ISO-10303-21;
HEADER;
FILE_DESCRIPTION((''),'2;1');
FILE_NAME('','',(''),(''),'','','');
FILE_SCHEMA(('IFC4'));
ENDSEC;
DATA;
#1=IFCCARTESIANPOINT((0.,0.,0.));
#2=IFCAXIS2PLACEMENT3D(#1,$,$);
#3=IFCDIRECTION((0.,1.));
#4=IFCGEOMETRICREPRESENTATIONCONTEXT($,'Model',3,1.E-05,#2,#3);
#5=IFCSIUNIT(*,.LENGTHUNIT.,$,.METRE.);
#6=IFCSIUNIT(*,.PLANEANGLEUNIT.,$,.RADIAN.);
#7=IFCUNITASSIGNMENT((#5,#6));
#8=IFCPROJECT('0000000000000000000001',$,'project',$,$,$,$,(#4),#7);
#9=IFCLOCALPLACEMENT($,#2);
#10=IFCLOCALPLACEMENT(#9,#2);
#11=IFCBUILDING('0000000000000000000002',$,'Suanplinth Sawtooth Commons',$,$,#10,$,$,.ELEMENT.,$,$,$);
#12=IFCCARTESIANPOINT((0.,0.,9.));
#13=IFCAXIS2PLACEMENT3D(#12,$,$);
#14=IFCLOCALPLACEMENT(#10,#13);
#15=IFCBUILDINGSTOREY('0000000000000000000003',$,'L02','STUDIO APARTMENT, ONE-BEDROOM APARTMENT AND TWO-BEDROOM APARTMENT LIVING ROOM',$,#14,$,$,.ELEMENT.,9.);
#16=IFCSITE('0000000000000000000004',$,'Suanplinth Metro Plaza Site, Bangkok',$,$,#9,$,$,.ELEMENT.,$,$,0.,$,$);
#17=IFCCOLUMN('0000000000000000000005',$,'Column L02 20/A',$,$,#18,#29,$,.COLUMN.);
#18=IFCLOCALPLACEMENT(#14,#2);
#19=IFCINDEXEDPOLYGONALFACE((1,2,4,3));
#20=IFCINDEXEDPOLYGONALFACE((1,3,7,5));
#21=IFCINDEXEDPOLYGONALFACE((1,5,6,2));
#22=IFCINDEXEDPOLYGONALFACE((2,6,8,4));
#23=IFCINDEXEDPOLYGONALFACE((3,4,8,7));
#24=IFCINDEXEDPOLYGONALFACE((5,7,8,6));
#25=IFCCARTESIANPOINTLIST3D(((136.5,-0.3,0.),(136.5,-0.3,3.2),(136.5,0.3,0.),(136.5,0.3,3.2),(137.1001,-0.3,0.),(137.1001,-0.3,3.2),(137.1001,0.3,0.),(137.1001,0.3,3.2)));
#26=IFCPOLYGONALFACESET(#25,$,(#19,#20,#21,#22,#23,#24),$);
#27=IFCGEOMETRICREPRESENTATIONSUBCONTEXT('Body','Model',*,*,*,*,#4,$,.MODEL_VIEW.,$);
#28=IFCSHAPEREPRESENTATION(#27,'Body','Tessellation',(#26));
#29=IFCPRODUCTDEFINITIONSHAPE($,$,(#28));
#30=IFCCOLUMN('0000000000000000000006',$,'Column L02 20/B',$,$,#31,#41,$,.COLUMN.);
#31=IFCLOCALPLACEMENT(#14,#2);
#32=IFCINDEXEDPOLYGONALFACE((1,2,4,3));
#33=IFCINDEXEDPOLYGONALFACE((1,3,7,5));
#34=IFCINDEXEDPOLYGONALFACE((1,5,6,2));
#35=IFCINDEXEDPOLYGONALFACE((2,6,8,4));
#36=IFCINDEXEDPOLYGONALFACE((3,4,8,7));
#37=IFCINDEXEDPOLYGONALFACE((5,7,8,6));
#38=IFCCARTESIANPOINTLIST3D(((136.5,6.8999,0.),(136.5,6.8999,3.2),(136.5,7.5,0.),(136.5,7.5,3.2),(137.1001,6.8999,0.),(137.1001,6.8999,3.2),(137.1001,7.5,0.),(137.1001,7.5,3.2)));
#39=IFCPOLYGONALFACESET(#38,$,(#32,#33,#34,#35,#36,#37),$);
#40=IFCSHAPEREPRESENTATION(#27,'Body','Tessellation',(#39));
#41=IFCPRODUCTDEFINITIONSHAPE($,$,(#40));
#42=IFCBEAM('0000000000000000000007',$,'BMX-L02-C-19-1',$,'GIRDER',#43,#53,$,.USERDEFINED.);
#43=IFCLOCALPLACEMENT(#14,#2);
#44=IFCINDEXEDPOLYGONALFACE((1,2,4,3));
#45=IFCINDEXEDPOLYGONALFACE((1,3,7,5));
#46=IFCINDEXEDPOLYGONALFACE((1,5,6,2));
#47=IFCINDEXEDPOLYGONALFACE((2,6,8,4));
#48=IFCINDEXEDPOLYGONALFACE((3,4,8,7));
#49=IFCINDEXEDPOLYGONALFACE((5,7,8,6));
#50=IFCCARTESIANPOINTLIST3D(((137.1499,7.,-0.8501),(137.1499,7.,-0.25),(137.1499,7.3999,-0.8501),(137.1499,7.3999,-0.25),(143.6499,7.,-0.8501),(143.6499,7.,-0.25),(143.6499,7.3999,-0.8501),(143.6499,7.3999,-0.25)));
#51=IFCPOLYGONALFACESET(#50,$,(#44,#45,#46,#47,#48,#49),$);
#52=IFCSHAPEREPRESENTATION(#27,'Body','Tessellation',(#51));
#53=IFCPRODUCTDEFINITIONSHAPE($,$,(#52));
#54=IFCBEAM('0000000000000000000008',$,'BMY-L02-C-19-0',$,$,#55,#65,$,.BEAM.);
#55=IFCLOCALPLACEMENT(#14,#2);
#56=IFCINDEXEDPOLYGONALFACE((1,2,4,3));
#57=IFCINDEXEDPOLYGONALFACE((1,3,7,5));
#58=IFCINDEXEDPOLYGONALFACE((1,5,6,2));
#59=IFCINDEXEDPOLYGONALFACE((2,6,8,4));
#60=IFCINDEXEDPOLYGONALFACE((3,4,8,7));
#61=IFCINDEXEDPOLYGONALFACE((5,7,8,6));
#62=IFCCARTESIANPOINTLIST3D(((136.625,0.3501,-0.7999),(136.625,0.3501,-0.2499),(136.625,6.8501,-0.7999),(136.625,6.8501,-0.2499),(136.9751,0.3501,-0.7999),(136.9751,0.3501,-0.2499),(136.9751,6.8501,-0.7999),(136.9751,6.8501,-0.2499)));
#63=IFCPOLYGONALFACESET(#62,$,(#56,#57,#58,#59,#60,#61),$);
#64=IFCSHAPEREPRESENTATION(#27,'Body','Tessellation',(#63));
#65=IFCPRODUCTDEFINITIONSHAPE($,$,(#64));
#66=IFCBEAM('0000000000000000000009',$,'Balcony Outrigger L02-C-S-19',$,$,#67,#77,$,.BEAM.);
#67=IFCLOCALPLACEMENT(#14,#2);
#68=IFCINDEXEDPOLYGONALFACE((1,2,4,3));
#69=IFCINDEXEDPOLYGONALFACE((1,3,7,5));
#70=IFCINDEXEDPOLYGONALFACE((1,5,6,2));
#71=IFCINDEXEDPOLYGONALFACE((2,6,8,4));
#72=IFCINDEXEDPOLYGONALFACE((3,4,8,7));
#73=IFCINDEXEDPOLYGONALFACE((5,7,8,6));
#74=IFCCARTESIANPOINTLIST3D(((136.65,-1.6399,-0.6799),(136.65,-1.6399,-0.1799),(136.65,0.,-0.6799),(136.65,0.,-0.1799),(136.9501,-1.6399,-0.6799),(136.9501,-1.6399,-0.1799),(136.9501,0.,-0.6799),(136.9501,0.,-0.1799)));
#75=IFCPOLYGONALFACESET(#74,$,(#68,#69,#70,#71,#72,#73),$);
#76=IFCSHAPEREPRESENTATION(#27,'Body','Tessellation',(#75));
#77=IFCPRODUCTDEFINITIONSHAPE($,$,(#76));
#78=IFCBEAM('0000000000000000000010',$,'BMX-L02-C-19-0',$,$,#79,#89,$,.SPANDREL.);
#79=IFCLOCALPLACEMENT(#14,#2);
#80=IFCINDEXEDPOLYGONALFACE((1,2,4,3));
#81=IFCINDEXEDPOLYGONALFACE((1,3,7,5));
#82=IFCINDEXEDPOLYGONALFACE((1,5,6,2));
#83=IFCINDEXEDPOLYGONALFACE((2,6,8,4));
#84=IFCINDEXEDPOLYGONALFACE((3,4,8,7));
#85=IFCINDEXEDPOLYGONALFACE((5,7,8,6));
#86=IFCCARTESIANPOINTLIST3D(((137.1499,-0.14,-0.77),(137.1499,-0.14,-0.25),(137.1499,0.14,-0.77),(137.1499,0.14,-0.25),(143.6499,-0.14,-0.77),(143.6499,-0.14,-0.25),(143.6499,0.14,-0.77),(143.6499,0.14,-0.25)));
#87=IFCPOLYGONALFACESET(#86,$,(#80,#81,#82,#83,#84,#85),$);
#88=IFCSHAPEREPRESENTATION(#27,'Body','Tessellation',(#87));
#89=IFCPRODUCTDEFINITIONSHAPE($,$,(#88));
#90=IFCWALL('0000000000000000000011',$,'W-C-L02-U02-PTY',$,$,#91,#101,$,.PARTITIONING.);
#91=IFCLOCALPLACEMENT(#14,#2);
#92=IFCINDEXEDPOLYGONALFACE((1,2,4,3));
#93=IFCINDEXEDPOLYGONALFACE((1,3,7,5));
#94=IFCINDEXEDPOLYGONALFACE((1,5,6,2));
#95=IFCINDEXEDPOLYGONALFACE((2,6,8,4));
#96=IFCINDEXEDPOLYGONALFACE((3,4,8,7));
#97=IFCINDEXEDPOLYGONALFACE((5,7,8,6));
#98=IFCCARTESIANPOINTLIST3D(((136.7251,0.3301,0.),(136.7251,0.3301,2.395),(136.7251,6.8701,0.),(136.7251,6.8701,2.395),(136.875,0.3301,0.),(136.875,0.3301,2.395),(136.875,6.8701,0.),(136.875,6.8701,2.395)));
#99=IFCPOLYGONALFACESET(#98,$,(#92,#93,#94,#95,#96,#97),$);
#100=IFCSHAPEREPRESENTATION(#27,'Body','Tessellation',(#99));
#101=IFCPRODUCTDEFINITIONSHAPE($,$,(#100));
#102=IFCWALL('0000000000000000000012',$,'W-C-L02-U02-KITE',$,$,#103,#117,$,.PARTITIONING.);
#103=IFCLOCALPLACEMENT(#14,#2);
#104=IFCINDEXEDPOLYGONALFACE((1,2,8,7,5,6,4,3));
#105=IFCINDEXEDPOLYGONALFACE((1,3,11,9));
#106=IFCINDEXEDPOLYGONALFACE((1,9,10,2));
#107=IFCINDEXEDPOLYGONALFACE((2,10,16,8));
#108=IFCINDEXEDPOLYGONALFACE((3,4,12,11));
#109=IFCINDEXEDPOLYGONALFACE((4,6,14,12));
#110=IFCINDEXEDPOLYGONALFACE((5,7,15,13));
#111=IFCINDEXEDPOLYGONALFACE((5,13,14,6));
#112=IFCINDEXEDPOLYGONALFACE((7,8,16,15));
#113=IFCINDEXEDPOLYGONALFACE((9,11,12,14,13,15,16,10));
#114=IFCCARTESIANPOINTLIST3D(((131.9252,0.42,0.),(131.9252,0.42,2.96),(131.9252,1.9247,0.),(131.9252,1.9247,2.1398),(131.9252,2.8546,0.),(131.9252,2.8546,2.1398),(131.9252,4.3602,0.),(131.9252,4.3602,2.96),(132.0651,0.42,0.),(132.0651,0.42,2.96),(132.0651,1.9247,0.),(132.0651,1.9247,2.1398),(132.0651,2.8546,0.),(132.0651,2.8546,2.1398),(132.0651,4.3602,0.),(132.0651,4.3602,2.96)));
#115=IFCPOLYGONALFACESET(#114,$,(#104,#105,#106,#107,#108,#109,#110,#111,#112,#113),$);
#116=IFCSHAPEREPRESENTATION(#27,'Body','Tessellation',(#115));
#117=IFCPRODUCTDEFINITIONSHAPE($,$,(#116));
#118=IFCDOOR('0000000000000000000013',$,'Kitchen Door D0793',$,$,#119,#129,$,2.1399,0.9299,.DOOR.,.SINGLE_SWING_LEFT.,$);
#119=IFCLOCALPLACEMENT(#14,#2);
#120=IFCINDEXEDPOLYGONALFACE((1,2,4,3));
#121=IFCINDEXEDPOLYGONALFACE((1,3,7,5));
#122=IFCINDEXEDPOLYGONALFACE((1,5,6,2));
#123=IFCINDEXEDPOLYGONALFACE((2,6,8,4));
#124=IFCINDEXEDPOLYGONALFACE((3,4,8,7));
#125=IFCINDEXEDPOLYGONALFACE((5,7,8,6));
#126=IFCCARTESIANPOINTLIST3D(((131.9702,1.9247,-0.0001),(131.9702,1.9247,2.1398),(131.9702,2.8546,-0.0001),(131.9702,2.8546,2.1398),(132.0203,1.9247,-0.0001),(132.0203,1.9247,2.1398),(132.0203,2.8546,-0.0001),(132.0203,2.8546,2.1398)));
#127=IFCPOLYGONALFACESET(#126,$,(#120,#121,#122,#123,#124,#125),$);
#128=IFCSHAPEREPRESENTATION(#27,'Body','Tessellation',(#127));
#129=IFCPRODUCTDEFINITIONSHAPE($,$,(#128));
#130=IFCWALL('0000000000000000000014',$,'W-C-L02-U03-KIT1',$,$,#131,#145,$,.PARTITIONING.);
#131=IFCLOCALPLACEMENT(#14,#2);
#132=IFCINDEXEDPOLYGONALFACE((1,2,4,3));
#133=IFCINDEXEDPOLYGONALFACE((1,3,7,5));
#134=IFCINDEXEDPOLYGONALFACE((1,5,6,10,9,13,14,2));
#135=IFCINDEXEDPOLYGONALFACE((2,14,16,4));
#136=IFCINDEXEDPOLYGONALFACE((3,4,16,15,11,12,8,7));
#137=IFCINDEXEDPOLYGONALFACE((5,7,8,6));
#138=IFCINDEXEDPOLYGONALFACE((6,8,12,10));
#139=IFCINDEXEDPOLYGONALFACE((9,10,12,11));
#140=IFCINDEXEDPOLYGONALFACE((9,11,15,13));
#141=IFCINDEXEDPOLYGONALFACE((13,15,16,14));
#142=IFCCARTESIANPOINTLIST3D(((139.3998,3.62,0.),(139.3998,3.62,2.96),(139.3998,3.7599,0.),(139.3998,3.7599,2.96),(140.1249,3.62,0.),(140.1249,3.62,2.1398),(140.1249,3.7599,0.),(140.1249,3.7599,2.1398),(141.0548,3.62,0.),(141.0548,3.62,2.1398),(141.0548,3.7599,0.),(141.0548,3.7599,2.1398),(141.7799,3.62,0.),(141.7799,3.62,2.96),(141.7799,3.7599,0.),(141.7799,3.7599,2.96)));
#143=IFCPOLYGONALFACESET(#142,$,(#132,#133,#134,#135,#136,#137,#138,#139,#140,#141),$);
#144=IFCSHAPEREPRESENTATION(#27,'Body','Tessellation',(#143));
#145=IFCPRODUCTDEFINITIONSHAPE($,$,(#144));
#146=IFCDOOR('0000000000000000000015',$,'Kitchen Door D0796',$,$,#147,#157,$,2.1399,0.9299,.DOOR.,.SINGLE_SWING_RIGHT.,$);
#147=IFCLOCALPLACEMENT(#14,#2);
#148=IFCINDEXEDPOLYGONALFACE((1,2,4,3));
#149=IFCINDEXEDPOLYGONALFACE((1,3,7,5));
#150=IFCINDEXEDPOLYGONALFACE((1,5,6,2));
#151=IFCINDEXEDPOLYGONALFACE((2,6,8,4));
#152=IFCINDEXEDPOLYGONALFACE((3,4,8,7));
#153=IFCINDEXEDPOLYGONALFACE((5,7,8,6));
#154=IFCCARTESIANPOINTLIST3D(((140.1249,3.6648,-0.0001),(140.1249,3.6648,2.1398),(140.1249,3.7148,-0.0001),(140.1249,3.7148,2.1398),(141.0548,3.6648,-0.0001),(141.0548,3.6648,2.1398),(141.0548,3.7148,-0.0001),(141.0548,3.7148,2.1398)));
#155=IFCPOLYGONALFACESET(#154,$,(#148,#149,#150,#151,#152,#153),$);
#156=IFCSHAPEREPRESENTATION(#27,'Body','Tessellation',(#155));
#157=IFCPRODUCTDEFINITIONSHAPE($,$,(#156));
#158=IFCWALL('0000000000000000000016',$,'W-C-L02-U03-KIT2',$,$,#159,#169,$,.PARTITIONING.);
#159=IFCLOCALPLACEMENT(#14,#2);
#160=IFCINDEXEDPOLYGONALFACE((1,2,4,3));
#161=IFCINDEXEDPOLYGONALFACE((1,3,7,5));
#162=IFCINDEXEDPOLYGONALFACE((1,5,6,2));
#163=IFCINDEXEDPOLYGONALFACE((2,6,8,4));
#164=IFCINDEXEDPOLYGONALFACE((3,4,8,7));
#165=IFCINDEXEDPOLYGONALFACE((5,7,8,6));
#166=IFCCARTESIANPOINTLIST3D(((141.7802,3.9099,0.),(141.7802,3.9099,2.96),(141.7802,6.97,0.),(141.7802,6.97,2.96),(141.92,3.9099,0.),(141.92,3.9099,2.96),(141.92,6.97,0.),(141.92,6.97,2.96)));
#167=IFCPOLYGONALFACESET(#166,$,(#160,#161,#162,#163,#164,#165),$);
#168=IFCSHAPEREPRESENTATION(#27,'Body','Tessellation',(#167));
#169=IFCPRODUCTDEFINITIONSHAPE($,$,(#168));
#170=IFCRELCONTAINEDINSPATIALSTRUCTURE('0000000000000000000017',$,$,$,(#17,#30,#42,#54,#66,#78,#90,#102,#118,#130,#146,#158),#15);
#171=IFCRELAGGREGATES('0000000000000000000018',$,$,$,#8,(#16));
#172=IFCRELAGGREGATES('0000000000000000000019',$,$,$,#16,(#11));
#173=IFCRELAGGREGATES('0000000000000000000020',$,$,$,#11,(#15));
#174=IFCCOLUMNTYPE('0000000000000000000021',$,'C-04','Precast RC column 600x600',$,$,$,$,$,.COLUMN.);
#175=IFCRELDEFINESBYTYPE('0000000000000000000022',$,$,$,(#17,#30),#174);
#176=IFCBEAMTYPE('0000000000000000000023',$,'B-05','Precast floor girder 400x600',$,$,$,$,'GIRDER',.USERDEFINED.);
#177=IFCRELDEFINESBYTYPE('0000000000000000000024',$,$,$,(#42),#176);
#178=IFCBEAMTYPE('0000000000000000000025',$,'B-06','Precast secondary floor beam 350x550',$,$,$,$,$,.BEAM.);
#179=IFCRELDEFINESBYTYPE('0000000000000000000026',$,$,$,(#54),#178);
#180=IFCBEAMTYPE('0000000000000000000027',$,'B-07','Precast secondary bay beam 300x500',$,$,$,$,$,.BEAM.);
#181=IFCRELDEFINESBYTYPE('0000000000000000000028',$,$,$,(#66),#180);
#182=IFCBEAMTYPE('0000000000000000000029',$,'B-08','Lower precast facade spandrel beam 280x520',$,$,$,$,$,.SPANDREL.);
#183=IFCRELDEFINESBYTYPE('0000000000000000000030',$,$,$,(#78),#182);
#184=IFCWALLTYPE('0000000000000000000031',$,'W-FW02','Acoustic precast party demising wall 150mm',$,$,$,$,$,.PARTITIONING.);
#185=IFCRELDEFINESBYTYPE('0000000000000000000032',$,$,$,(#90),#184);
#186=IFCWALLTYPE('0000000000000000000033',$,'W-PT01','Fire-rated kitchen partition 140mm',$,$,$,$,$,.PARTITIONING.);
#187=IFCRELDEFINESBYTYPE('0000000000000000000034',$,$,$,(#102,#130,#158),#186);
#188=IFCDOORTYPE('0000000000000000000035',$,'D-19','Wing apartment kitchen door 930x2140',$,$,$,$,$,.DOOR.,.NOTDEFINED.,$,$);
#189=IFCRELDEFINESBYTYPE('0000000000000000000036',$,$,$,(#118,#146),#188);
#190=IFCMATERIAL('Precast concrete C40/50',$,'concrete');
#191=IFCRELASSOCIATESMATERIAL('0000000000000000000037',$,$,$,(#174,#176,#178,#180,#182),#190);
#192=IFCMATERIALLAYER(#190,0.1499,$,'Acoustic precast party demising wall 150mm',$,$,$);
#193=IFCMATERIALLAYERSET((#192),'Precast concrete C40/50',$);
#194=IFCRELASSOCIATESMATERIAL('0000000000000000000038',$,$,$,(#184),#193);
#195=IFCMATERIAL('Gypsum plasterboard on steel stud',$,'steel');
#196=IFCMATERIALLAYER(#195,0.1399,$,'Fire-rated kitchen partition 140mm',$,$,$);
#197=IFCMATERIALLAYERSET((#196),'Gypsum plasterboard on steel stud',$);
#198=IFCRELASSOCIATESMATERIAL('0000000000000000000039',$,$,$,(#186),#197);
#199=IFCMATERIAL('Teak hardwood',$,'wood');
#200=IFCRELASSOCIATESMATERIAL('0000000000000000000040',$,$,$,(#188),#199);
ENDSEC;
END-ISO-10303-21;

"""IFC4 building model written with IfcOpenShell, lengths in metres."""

from ifc_helpers import new_model, si_unit, direction, frame, frame_2d, origin, origin_2d, place, context, subcontext, project, spatial, rectangle, extrude, material, layer, layer_set, material_profile, profile_set, type_object, element, fill, save


model = new_model("IFC4")

# Units and contexts
model_context = context("Model", 3, precision=1e-05, world=origin(), true_north=direction((0.0, 1.0)))
body_context = subcontext(model_context, "Body", "Model", "MODEL_VIEW")
ifc_project = project(units=[si_unit("LENGTHUNIT", "METRE"), si_unit("PLANEANGLEUNIT", "RADIAN")], contexts=[model_context])

# Site, building, storey
site_placement = place(None, origin())
site = spatial("IfcSite", under=ifc_project, at=site_placement, Name="Suanplinth Metro Plaza Site, Bangkok", CompositionType="ELEMENT", RefElevation=0.0)
building_placement = place(site_placement, origin())
building = spatial("IfcBuilding", under=site, at=building_placement, Name="Suanplinth Sawtooth Commons", CompositionType="ELEMENT")
storey_placement = place(building_placement, frame((0.0, 0.0, 9.0)))
storey = spatial("IfcBuildingStorey", under=building, at=storey_placement, Name="L02", Description="STUDIO APARTMENT, ONE-BEDROOM APARTMENT AND TWO-BEDROOM APARTMENT LIVING ROOM", CompositionType="ELEMENT", Elevation=9.0)

# Columns
ifc_material_1 = material(Name="Precast concrete C40/50", Category="concrete")
ifc_material_profile_1 = material_profile(ifc_material_1, rectangle(XDim=0.6001, YDim=0.6001, at=origin_2d()), Name="PC-COL 600x600")
ifc_profile_set_1 = profile_set([ifc_material_profile_1], Name="Precast concrete C40/50")
column_type = type_object("IfcColumnType", Name="C-04", Description="Precast RC column 600x600", PredefinedType="COLUMN", material=ifc_profile_set_1)
for number, where, z_axis, x_axis, name in (
    (1, (136.8, 0.0, 0.0), (0.0, 0.0, 1.0), (1.0, 0.0, 0.0), "Column L02 20/A"),
    (2, (136.8, 7.2, 0.0), (0.0, 0.0, 1.0), (1.0, 0.0, 0.0), "Column L02 20/B"),
):
    element("IfcColumn", number, at=place(storey_placement, frame(where, z_axis=z_axis, x_axis=x_axis)), inside=storey, type_object=column_type, Name=name, PredefinedType="COLUMN", context=body_context, shape_type="SweptSolid", body=[
        extrude(rectangle(XDim=0.6001, YDim=0.6001, at=origin_2d()), origin(), (0.0, 0.0, 1.0), 3.2),
    ])

# Beams
ifc_material_profile_2 = material_profile(ifc_material_1, rectangle(XDim=0.3999, YDim=0.6001, at=origin_2d()), Name="PC-GDR 400x600")
ifc_profile_set_2 = profile_set([ifc_material_profile_2], Name="Precast concrete C40/50")
beam_type_1 = type_object("IfcBeamType", Name="B-05", Description="Precast floor girder 400x600", ElementType="GIRDER", PredefinedType="USERDEFINED", material=ifc_profile_set_2)
beam_1_placement = place(storey_placement, frame((137.1499, 7.2, -0.55), z_axis=(1.0, 0.0, 0.0), x_axis=(0.0, 1.0, 0.0)))
element("IfcBeam", 3, at=beam_1_placement, inside=storey, type_object=beam_type_1, Name="BMX-L02-C-19-1", ObjectType="GIRDER", PredefinedType="USERDEFINED", context=body_context, shape_type="SweptSolid", body=[
    extrude(rectangle(XDim=0.3999, YDim=0.6001, at=origin_2d()), origin(), (0.0, 0.0, 1.0), 6.5),
])
ifc_material_profile_3 = material_profile(ifc_material_1, rectangle(XDim=0.3501, YDim=0.55, at=origin_2d()), Name="PC-BM 350x550")
ifc_profile_set_3 = profile_set([ifc_material_profile_3], Name="Precast concrete C40/50")
beam_type_2 = type_object("IfcBeamType", Name="B-06", Description="Precast secondary floor beam 350x550", PredefinedType="BEAM", material=ifc_profile_set_3)
beam_2_placement = place(storey_placement, frame((136.8, 0.3501, -0.5249), z_axis=(0.0, 1.0, 0.0), x_axis=(-1.0, 0.0, 0.0)))
element("IfcBeam", 4, at=beam_2_placement, inside=storey, type_object=beam_type_2, Name="BMY-L02-C-19-0", PredefinedType="BEAM", context=body_context, shape_type="SweptSolid", body=[
    extrude(rectangle(XDim=0.3501, YDim=0.55, at=origin_2d()), origin(), (0.0, 0.0, 1.0), 6.5),
])
ifc_material_profile_4 = material_profile(ifc_material_1, rectangle(XDim=0.3, YDim=0.5, at=origin_2d()), Name="PC-BM 300x500")
ifc_profile_set_4 = profile_set([ifc_material_profile_4], Name="Precast concrete C40/50")
beam_type_3 = type_object("IfcBeamType", Name="B-07", Description="Precast secondary bay beam 300x500", PredefinedType="BEAM", material=ifc_profile_set_4)
beam_3_placement = place(storey_placement, frame((136.8, 0.0, -0.4299), z_axis=(0.0, -1.0, 0.0), x_axis=(1.0, 0.0, 0.0)))
element("IfcBeam", 5, at=beam_3_placement, inside=storey, type_object=beam_type_3, Name="Balcony Outrigger L02-C-S-19", PredefinedType="BEAM", context=body_context, shape_type="SweptSolid", body=[
    extrude(rectangle(XDim=0.3, YDim=0.5, at=origin_2d()), origin(), (0.0, 0.0, 1.0), 1.6399),
])
ifc_material_profile_5 = material_profile(ifc_material_1, rectangle(XDim=0.28, YDim=0.52, at=origin_2d()), Name="PC-SP 280x520")
ifc_profile_set_5 = profile_set([ifc_material_profile_5], Name="Precast concrete C40/50")
beam_type_4 = type_object("IfcBeamType", Name="B-08", Description="Lower precast facade spandrel beam 280x520", PredefinedType="SPANDREL", material=ifc_profile_set_5)
beam_4_placement = place(storey_placement, frame((137.1499, 0.0, -0.51), z_axis=(1.0, 0.0, 0.0), x_axis=(0.0, 1.0, 0.0)))
element("IfcBeam", 6, at=beam_4_placement, inside=storey, type_object=beam_type_4, Name="BMX-L02-C-19-0", PredefinedType="SPANDREL", context=body_context, shape_type="SweptSolid", body=[
    extrude(rectangle(XDim=0.28, YDim=0.52, at=origin_2d()), origin(), (0.0, 0.0, 1.0), 6.5),
])

# Wall
ifc_layer_1 = layer(ifc_material_1, 0.1499, Name="Acoustic precast party demising wall 150mm")
ifc_layer_set_1 = layer_set([ifc_layer_1], Name="Precast concrete C40/50")
wall_type_1 = type_object("IfcWallType", Name="W-FW02", Description="Acoustic precast party demising wall 150mm", PredefinedType="PARTITIONING", material=ifc_layer_set_1)
wall_1_placement = place(storey_placement, frame((136.8, 0.3301, 0.0), z_axis=(0.0, 0.0, 1.0), x_axis=(0.0, 1.0, 0.0)))
element("IfcWall", 7, at=wall_1_placement, inside=storey, type_object=wall_type_1, Name="W-C-L02-U02-PTY", PredefinedType="PARTITIONING", context=body_context, shape_type="SweptSolid", body=[
    extrude(rectangle(XDim=6.54, YDim=0.1499, at=frame_2d((3.27, 0.0))), origin(), (0.0, 0.0, 1.0), 2.395),
])

# Walls, openings, doors
ifc_material_2 = material(Name="Gypsum plasterboard on steel stud", Category="steel")
ifc_layer_2 = layer(ifc_material_2, 0.1399, Name="Fire-rated kitchen partition 140mm")
ifc_layer_set_2 = layer_set([ifc_layer_2], Name="Gypsum plasterboard on steel stud")
wall_type_2 = type_object("IfcWallType", Name="W-PT01", Description="Fire-rated kitchen partition 140mm", PredefinedType="PARTITIONING", material=ifc_layer_set_2)
wall_2_placement = place(storey_placement, frame((131.9951, 0.4199, 0.0), z_axis=(0.0, 0.0, 1.0), x_axis=(0.0, 1.0, 0.0)))
wall_2 = element("IfcWall", 8, at=wall_2_placement, inside=storey, type_object=wall_type_2, Name="W-C-L02-U02-KITE", PredefinedType="PARTITIONING", context=body_context, shape_type="SweptSolid", body=[
    extrude(rectangle(XDim=3.9402, YDim=0.1399, at=frame_2d((1.9702, 0.0))), origin(), (0.0, 0.0, 1.0), 2.96),
])
opening_1_placement = place(wall_2_placement, frame((1.5049, 0.0, 0.0)))
opening_1 = element("IfcOpeningElement", 9, at=opening_1_placement, cuts=wall_2, PredefinedType="OPENING", context=body_context, shape_type="SweptSolid", body=[
    extrude(rectangle(XDim=0.9299, YDim=2.1399, at=frame_2d((0.4648, 1.0698))), frame((0.0, 0.085, 0.0), z_axis=(0.0, -1.0, 0.0), x_axis=(1.0, 0.0, 0.0)), (0.0, 0.0, 1.0), 0.1697),
])
ifc_material_3 = material(Name="Teak hardwood", Category="wood")
door_type_1 = type_object("IfcDoorType", Name="D-19", Description="Wing apartment kitchen door 930x2140", OperationType="NOTDEFINED", PredefinedType="DOOR", material=ifc_material_3)
door_1_placement = place(opening_1_placement, origin())
door_1 = element("IfcDoor", 10, at=door_1_placement, inside=storey, type_object=door_type_1, Name="Kitchen Door D0793", OperationType="SINGLE_SWING_LEFT", OverallHeight=2.1399, OverallWidth=0.9299, PredefinedType="DOOR", context=body_context, shape_type="SweptSolid", body=[
    extrude(rectangle(XDim=0.9299, YDim=2.1399, at=frame_2d((0.4648, 1.0698))), frame((0.0, 0.0249, 0.0), z_axis=(0.0, -1.0, 0.0), x_axis=(1.0, 0.0, 0.0)), (0.0, 0.0, 1.0), 0.05),
])
fill(opening_1, door_1)
wall_3_placement = place(storey_placement, frame((139.3999, 3.6899, 0.0), z_axis=(0.0, 0.0, 1.0), x_axis=(1.0, 0.0, 0.0)))
wall_3 = element("IfcWall", 11, at=wall_3_placement, inside=storey, type_object=wall_type_2, Name="W-C-L02-U03-KIT1", PredefinedType="PARTITIONING", context=body_context, shape_type="SweptSolid", body=[
    extrude(rectangle(XDim=2.3801, YDim=0.1399, at=frame_2d((1.1899, 0.0))), origin(), (0.0, 0.0, 1.0), 2.96),
])
opening_2_placement = place(wall_3_placement, frame((0.7251, 0.0, 0.0)))
opening_2 = element("IfcOpeningElement", 12, at=opening_2_placement, cuts=wall_3, PredefinedType="OPENING", context=body_context, shape_type="SweptSolid", body=[
    extrude(rectangle(XDim=0.9299, YDim=2.1399, at=frame_2d((0.4648, 1.0698))), frame((0.0, 0.085, 0.0), z_axis=(0.0, -1.0, 0.0), x_axis=(1.0, 0.0, 0.0)), (0.0, 0.0, 1.0), 0.1697),
])
door_2_placement = place(opening_2_placement, origin())
door_2 = element("IfcDoor", 13, at=door_2_placement, inside=storey, type_object=door_type_1, Name="Kitchen Door D0796", OperationType="SINGLE_SWING_RIGHT", OverallHeight=2.1399, OverallWidth=0.9299, PredefinedType="DOOR", context=body_context, shape_type="SweptSolid", body=[
    extrude(rectangle(XDim=0.9299, YDim=2.1399, at=frame_2d((0.4648, 1.0698))), frame((0.0, 0.0249, 0.0), z_axis=(0.0, -1.0, 0.0), x_axis=(1.0, 0.0, 0.0)), (0.0, 0.0, 1.0), 0.05),
])
fill(opening_2, door_2)

# Wall
wall_4_placement = place(storey_placement, frame((141.8501, 3.9099, 0.0), z_axis=(0.0, 0.0, 1.0), x_axis=(0.0, 1.0, 0.0)))
element("IfcWall", 14, at=wall_4_placement, inside=storey, type_object=wall_type_2, Name="W-C-L02-U03-KIT2", PredefinedType="PARTITIONING", context=body_context, shape_type="SweptSolid", body=[
    extrude(rectangle(XDim=3.0601, YDim=0.1399, at=frame_2d((1.53, 0.0))), origin(), (0.0, 0.0, 1.0), 2.96),
])

save(model, "model.ifc")
